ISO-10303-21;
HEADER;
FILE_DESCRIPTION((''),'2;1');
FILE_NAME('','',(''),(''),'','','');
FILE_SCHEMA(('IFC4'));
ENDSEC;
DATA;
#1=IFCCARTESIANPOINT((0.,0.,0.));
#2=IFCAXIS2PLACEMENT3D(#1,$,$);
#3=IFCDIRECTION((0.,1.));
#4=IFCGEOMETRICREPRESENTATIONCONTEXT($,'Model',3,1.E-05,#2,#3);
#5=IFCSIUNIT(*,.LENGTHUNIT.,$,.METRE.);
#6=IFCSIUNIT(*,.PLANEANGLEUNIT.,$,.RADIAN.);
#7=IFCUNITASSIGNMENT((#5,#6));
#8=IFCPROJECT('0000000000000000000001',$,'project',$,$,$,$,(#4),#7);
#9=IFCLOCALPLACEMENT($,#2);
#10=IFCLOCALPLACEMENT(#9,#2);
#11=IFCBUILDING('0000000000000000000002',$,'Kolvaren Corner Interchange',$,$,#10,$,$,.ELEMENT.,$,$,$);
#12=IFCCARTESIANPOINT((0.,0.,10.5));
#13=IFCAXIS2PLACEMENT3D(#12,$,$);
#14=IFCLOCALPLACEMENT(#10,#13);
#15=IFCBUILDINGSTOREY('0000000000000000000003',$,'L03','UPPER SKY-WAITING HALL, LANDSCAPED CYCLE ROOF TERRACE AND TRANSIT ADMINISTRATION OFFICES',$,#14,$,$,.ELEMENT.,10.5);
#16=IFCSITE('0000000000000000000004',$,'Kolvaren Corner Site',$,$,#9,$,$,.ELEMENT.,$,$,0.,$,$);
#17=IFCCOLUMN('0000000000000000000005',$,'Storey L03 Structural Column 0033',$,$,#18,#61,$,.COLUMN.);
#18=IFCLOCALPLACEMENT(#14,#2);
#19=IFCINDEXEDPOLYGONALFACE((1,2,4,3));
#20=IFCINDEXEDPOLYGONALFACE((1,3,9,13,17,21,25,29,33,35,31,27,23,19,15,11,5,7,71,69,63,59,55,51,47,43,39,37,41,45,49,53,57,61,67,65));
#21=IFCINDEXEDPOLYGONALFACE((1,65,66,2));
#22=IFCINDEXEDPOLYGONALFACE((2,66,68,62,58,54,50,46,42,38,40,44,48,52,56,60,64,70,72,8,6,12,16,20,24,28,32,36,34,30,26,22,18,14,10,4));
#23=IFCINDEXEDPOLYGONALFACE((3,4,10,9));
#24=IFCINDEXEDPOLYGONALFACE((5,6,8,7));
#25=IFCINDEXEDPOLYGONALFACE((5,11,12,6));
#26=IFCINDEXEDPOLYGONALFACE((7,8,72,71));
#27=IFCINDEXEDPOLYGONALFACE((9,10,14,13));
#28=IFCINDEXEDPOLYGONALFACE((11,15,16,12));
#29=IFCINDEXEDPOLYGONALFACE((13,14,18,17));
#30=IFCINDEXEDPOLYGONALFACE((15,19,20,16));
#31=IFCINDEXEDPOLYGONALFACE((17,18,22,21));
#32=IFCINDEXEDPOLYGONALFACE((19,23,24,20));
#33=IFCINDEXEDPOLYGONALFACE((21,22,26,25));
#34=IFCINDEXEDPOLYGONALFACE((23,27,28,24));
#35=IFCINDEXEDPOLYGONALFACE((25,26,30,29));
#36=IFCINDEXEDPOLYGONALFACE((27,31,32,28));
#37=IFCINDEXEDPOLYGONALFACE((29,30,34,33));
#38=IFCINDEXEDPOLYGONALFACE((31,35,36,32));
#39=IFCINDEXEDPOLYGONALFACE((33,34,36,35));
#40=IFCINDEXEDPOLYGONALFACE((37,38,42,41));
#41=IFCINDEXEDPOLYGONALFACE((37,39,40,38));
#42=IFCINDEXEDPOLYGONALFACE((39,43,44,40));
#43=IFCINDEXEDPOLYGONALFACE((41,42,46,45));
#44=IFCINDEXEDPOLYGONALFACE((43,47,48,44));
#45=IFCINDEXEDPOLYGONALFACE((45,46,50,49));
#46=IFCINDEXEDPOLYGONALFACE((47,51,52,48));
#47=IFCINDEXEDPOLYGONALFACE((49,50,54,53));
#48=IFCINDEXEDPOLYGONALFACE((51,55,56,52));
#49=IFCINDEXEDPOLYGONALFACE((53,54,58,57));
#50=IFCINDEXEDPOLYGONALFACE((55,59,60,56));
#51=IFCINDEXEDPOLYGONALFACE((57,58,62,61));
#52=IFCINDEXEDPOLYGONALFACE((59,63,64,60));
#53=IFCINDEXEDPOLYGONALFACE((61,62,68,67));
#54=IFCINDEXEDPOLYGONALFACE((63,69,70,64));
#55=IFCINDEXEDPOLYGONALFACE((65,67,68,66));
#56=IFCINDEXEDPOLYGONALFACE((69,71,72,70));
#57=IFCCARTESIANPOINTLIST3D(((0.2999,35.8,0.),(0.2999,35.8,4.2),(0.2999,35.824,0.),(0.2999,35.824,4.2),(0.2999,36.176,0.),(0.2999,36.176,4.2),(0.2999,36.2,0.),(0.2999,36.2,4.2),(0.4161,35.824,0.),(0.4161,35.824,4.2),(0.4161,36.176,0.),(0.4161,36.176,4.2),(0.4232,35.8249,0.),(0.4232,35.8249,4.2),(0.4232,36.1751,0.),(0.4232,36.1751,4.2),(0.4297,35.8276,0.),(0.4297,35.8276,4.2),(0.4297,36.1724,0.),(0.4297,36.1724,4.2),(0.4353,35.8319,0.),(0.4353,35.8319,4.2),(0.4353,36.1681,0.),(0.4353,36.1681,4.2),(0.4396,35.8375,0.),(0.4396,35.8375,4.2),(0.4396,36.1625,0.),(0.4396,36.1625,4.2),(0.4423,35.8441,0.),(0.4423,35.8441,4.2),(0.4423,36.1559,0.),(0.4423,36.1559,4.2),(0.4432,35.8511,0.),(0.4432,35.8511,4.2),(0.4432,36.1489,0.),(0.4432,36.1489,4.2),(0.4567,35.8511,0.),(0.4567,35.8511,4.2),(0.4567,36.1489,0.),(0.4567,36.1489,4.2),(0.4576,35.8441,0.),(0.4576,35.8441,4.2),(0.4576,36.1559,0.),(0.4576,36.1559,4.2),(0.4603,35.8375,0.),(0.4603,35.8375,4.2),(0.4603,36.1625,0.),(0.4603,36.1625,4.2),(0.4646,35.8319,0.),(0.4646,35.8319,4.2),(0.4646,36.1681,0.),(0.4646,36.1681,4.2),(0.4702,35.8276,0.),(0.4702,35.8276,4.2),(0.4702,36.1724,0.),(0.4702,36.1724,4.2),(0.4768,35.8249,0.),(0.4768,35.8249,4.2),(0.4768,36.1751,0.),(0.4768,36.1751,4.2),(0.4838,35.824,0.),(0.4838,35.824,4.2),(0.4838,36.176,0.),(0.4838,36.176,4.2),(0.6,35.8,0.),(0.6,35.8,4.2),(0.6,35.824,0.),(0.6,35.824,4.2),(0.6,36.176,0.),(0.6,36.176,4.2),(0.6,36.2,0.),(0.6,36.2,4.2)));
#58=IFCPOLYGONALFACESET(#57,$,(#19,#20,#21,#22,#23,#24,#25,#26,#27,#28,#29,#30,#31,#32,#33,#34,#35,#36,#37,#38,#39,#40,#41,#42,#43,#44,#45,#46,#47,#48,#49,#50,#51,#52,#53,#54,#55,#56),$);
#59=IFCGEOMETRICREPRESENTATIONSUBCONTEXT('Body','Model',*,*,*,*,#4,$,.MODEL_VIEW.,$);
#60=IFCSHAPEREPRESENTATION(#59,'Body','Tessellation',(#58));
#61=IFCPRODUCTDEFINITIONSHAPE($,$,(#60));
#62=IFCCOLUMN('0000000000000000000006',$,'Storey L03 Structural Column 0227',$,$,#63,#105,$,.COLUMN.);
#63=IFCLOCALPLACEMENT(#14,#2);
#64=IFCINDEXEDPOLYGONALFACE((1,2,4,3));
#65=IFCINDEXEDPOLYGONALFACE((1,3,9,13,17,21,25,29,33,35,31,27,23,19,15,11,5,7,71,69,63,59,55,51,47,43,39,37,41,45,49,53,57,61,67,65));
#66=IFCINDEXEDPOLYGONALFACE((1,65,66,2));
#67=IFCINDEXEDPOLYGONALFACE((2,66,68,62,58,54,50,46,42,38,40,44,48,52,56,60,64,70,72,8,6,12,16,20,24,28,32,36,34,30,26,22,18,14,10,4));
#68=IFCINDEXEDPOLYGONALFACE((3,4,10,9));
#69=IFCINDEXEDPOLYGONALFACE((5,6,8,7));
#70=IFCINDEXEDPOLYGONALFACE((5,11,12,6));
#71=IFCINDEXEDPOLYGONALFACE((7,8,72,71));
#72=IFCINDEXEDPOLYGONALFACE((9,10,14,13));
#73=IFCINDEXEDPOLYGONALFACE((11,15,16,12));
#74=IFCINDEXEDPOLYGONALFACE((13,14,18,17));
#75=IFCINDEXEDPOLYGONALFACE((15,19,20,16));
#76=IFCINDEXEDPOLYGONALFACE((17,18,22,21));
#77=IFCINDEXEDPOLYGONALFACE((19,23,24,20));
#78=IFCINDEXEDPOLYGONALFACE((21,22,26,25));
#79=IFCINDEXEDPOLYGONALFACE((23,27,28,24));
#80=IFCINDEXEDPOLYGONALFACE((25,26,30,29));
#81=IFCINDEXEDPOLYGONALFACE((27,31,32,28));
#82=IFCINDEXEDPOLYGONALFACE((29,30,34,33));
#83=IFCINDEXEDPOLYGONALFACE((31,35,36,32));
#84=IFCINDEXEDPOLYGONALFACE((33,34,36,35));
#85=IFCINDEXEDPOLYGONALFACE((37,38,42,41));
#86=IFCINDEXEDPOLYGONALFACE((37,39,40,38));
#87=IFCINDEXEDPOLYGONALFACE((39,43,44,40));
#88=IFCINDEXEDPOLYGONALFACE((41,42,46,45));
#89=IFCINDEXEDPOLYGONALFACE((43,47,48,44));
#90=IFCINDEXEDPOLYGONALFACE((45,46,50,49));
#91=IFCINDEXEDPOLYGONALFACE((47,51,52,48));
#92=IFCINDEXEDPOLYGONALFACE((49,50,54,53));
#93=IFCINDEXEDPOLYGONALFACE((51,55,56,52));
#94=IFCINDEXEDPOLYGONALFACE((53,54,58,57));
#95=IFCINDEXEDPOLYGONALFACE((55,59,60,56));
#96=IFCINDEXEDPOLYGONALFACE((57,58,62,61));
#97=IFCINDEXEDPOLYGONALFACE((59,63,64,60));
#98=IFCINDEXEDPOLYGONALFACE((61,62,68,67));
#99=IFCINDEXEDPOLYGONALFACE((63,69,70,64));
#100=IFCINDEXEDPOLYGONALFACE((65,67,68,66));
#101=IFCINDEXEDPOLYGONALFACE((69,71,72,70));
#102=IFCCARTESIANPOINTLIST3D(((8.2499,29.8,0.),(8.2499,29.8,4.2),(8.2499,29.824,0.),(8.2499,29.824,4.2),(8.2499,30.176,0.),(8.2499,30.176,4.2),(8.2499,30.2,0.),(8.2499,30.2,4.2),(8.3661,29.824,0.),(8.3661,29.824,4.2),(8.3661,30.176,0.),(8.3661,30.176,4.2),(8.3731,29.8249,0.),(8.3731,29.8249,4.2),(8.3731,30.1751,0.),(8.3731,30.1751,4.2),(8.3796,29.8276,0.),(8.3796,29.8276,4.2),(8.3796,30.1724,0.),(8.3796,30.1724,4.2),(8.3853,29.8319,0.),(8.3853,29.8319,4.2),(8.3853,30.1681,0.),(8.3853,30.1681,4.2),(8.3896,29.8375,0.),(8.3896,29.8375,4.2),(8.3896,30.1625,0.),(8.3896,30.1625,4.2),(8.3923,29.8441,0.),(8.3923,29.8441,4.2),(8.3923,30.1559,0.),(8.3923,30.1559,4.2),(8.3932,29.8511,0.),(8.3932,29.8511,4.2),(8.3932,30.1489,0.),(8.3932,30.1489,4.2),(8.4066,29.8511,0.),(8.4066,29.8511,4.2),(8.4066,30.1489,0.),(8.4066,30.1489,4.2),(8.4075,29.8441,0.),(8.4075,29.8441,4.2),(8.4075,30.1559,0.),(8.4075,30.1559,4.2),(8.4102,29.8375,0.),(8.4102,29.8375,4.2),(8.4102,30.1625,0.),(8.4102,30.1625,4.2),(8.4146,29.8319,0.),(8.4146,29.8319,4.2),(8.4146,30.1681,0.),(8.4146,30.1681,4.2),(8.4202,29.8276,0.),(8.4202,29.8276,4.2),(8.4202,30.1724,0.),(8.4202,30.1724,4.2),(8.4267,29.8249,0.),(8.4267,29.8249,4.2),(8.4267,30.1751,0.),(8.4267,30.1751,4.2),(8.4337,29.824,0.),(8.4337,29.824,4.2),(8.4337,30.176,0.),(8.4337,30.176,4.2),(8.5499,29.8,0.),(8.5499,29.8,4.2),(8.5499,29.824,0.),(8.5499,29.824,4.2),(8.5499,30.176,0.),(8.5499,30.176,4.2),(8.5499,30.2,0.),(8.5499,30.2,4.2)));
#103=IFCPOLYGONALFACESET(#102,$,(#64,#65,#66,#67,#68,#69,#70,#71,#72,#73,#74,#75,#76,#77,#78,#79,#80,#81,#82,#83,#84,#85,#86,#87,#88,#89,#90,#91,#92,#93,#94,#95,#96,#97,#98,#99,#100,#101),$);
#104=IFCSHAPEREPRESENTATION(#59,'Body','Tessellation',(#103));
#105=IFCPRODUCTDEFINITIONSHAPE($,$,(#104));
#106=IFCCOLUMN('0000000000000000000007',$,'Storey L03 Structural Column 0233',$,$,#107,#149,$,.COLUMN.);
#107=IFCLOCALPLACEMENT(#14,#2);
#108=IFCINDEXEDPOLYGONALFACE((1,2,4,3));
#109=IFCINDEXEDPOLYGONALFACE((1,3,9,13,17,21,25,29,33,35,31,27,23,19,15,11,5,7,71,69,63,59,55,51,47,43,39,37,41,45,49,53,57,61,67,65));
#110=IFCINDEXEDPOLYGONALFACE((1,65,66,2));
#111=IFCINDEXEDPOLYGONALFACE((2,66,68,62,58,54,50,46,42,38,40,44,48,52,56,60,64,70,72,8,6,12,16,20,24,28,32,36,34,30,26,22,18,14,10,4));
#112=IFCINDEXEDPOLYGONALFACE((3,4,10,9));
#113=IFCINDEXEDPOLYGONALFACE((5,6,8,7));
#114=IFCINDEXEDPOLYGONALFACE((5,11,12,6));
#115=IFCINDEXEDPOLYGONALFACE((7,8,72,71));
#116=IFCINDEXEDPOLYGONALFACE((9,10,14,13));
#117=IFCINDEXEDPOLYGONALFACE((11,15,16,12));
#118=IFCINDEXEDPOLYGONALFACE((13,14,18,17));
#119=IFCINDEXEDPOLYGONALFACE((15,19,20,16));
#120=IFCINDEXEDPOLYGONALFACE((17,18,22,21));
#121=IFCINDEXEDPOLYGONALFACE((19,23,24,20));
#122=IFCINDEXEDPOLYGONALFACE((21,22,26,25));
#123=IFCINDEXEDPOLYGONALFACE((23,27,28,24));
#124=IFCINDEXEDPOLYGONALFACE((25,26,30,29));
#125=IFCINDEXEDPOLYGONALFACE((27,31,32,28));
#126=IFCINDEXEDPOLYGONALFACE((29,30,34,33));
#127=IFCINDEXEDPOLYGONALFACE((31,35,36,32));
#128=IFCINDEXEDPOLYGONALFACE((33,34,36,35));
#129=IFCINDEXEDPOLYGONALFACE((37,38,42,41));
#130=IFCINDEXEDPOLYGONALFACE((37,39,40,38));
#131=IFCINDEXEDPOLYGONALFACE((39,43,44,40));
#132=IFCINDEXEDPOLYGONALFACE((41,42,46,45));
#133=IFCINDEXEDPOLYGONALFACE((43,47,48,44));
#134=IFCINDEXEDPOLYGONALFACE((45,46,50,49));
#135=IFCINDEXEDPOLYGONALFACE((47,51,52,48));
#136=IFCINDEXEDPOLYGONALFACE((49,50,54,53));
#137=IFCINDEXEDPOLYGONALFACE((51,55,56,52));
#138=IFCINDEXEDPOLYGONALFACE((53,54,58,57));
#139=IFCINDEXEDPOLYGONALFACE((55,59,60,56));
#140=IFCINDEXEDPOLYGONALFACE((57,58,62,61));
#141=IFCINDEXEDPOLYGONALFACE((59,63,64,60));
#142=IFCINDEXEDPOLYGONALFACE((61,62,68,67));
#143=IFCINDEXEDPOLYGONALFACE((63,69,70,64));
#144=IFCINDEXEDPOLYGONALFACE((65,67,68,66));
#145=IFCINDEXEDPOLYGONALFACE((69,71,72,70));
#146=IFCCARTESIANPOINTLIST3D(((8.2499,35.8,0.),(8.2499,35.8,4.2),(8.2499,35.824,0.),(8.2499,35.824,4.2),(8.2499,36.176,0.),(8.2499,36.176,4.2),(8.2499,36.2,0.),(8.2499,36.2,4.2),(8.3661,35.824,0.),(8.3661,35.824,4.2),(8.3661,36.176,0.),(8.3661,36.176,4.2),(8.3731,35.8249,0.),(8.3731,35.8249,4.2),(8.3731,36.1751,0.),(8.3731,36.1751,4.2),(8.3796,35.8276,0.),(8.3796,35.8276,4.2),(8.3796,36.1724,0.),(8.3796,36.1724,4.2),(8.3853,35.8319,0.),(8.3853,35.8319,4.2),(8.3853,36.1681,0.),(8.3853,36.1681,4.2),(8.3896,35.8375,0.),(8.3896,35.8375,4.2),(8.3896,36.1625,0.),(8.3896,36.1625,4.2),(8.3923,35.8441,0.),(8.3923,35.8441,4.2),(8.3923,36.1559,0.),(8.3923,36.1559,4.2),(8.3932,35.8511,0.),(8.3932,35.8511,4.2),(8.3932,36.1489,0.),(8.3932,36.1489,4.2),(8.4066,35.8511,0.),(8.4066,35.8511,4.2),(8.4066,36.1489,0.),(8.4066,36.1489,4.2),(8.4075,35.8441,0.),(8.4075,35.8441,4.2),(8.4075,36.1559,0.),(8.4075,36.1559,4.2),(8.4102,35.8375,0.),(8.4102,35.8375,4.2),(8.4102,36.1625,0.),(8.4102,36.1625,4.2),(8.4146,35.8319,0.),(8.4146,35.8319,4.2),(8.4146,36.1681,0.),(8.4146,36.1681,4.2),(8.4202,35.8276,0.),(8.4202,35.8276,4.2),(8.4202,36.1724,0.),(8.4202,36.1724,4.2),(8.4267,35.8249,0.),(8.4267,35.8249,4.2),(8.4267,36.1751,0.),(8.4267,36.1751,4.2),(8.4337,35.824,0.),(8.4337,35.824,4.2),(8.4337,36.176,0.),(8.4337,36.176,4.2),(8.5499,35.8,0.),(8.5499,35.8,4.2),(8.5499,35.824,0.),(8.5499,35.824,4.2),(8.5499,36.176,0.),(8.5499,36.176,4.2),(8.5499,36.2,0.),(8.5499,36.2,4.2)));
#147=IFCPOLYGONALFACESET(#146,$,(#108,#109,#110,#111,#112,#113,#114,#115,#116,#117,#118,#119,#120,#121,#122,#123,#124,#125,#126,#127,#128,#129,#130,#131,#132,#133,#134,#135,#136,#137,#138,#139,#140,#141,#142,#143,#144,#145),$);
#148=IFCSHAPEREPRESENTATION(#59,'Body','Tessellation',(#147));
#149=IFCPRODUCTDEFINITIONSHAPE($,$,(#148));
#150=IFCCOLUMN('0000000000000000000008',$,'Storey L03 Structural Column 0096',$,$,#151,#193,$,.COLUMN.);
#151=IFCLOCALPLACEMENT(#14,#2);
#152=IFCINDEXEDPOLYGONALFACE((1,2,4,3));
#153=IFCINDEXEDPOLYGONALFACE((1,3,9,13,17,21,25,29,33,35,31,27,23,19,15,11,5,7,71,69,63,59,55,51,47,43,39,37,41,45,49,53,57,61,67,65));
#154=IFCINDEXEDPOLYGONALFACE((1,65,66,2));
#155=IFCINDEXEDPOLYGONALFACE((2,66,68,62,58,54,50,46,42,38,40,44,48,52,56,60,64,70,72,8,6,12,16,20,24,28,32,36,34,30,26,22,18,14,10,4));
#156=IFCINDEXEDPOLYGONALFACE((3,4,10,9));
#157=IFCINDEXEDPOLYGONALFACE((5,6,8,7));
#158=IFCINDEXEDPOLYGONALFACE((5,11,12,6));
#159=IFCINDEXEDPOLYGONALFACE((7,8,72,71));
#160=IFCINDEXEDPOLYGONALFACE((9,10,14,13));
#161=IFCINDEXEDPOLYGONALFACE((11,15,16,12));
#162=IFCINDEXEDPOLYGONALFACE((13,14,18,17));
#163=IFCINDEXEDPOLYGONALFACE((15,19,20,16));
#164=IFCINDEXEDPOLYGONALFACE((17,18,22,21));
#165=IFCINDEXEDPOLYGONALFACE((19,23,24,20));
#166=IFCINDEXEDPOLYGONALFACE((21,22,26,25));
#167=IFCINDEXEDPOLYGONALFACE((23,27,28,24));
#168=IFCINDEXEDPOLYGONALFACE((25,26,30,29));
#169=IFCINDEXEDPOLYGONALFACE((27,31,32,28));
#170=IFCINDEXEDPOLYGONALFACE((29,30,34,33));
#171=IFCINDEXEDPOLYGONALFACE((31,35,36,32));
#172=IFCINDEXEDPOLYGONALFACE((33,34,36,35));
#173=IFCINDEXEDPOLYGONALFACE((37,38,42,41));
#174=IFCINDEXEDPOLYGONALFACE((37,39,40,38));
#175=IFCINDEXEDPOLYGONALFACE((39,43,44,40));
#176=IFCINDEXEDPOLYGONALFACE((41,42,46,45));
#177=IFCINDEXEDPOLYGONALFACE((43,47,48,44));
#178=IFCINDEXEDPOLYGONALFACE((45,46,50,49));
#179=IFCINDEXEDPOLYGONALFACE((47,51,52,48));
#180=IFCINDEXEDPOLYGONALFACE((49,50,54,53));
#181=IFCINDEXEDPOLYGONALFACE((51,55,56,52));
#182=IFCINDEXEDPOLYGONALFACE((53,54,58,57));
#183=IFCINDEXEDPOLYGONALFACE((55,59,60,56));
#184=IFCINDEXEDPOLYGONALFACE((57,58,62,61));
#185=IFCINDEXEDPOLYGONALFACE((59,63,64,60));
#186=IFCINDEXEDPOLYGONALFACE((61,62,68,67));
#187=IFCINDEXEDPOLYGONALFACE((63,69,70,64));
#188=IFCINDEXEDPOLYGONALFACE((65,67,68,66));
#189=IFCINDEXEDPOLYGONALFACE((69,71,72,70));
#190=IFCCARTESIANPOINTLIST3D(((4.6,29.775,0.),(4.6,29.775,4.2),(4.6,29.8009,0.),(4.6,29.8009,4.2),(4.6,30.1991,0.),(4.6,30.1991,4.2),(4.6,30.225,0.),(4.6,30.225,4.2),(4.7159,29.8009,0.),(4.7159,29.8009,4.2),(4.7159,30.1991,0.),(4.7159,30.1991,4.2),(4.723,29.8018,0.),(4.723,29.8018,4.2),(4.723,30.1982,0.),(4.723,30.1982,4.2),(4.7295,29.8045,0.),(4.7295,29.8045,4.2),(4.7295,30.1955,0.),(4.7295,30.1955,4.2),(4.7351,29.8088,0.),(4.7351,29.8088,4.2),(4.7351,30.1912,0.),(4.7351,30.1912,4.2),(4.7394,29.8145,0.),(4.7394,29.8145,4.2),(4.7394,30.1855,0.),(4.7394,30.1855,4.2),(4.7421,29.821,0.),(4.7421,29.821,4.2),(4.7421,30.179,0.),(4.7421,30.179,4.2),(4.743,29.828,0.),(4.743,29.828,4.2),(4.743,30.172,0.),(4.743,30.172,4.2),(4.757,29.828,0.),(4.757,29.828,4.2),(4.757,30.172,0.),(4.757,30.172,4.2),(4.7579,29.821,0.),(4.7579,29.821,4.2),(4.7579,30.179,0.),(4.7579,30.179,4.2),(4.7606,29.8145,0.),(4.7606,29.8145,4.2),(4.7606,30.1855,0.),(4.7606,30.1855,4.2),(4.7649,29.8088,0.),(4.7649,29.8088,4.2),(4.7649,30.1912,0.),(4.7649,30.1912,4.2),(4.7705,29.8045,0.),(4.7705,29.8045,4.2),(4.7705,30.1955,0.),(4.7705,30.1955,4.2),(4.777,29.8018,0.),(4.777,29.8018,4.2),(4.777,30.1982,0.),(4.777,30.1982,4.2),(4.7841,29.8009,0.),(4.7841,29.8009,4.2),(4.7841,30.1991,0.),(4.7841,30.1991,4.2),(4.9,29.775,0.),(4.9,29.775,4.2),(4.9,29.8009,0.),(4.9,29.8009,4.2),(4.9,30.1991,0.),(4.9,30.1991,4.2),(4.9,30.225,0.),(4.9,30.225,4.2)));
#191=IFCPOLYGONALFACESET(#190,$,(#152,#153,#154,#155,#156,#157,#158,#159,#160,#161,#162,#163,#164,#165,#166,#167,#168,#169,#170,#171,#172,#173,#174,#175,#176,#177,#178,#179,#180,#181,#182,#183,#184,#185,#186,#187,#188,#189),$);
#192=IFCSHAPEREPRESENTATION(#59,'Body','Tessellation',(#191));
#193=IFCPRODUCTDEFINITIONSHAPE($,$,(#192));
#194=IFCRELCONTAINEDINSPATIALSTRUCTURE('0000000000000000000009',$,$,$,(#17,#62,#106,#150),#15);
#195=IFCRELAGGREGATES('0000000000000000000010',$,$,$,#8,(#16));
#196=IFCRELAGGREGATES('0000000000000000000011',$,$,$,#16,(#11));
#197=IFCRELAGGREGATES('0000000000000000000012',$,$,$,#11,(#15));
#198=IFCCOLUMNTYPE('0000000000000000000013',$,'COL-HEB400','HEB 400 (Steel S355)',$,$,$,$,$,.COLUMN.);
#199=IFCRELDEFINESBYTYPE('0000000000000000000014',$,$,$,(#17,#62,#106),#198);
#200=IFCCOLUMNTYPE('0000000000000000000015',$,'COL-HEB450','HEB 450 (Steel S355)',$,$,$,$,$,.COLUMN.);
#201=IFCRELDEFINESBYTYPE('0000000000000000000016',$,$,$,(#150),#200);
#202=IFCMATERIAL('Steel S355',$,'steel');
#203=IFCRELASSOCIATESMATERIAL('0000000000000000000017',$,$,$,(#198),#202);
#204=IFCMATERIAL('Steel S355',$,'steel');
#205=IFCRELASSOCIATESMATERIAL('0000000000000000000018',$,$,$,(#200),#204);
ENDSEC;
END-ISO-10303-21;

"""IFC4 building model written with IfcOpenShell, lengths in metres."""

from ifc_helpers import new_model, si_unit, direction, frame, origin, origin_2d, place, context, subcontext, project, spatial, i_section, extrude, material, material_profile, profile_set, type_object, element, save


model = new_model("IFC4")

# Units and contexts
model_context = context("Model", 3, precision=1e-05, world=origin(), true_north=direction((0.0, 1.0)))
body_context = subcontext(model_context, "Body", "Model", "MODEL_VIEW")
ifc_project = project(units=[si_unit("LENGTHUNIT", "METRE"), si_unit("PLANEANGLEUNIT", "RADIAN")], contexts=[model_context])

# Site, building, storey
site_placement = place(None, origin())
site = spatial("IfcSite", under=ifc_project, at=site_placement, Name="Kolvaren Corner Site", CompositionType="ELEMENT", RefElevation=0.0)
building_placement = place(site_placement, origin())
building = spatial("IfcBuilding", under=site, at=building_placement, Name="Kolvaren Corner Interchange", CompositionType="ELEMENT")
storey_placement = place(building_placement, frame((0.0, 0.0, 10.5)))
storey = spatial("IfcBuildingStorey", under=building, at=storey_placement, Name="L03", Description="UPPER SKY-WAITING HALL, LANDSCAPED CYCLE ROOF TERRACE AND TRANSIT ADMINISTRATION OFFICES", CompositionType="ELEMENT", Elevation=10.5)

# Columns
ifc_material_1 = material(Name="Steel S355", Category="steel")
ifc_material_profile_1 = material_profile(ifc_material_1, i_section(OverallWidth=0.3, OverallDepth=0.3999, WebThickness=0.0134, FlangeThickness=0.0239, FilletRadius=0.0271, at=origin_2d()), Name="HEB 400")
ifc_profile_set_1 = profile_set([ifc_material_profile_1], Name="Steel S355")
column_type_1 = type_object("IfcColumnType", Name="COL-HEB400", Description="HEB 400 (Steel S355)", PredefinedType="COLUMN", material=ifc_profile_set_1)
for number, where, z_axis, x_axis, name in (
    (1, (0.45, 36.0, 0.0), (0.0, 0.0, 1.0), (1.0, 0.0, 0.0), "Storey L03 Structural Column 0033"),
    (2, (8.3999, 30.0, 0.0), (0.0, 0.0, 1.0), (1.0, 0.0, 0.0), "Storey L03 Structural Column 0227"),
    (3, (8.3999, 36.0, 0.0), (0.0, 0.0, 1.0), (1.0, 0.0, 0.0), "Storey L03 Structural Column 0233"),
):
    element("IfcColumn", number, at=place(storey_placement, frame(where, z_axis=z_axis, x_axis=x_axis)), inside=storey, type_object=column_type_1, Name=name, PredefinedType="COLUMN", context=body_context, shape_type="SweptSolid", body=[
        extrude(i_section(OverallWidth=0.3, OverallDepth=0.3999, WebThickness=0.0134, FlangeThickness=0.0239, FilletRadius=0.0271, at=origin_2d()), origin(), (0.0, 0.0, 1.0), 4.2),
    ])
ifc_material_2 = material(Name="Steel S355", Category="steel")
ifc_material_profile_2 = material_profile(ifc_material_2, i_section(OverallWidth=0.3, OverallDepth=0.45, WebThickness=0.0139, FlangeThickness=0.0259, FilletRadius=0.0271, at=origin_2d()), Name="HEB 450")
ifc_profile_set_2 = profile_set([ifc_material_profile_2], Name="Steel S355")
column_type_2 = type_object("IfcColumnType", Name="COL-HEB450", Description="HEB 450 (Steel S355)", PredefinedType="COLUMN", material=ifc_profile_set_2)
for number, where, z_axis, x_axis, name in (
    (4, (4.75, 30.0, 0.0), (0.0, 0.0, 1.0), (1.0, 0.0, 0.0), "Storey L03 Structural Column 0096"),
):
    element("IfcColumn", number, at=place(storey_placement, frame(where, z_axis=z_axis, x_axis=x_axis)), inside=storey, type_object=column_type_2, Name=name, PredefinedType="COLUMN", context=body_context, shape_type="SweptSolid", body=[
        extrude(i_section(OverallWidth=0.3, OverallDepth=0.45, WebThickness=0.0139, FlangeThickness=0.0259, FilletRadius=0.0271, at=origin_2d()), origin(), (0.0, 0.0, 1.0), 4.2),
    ])

save(model, "model.ifc")
